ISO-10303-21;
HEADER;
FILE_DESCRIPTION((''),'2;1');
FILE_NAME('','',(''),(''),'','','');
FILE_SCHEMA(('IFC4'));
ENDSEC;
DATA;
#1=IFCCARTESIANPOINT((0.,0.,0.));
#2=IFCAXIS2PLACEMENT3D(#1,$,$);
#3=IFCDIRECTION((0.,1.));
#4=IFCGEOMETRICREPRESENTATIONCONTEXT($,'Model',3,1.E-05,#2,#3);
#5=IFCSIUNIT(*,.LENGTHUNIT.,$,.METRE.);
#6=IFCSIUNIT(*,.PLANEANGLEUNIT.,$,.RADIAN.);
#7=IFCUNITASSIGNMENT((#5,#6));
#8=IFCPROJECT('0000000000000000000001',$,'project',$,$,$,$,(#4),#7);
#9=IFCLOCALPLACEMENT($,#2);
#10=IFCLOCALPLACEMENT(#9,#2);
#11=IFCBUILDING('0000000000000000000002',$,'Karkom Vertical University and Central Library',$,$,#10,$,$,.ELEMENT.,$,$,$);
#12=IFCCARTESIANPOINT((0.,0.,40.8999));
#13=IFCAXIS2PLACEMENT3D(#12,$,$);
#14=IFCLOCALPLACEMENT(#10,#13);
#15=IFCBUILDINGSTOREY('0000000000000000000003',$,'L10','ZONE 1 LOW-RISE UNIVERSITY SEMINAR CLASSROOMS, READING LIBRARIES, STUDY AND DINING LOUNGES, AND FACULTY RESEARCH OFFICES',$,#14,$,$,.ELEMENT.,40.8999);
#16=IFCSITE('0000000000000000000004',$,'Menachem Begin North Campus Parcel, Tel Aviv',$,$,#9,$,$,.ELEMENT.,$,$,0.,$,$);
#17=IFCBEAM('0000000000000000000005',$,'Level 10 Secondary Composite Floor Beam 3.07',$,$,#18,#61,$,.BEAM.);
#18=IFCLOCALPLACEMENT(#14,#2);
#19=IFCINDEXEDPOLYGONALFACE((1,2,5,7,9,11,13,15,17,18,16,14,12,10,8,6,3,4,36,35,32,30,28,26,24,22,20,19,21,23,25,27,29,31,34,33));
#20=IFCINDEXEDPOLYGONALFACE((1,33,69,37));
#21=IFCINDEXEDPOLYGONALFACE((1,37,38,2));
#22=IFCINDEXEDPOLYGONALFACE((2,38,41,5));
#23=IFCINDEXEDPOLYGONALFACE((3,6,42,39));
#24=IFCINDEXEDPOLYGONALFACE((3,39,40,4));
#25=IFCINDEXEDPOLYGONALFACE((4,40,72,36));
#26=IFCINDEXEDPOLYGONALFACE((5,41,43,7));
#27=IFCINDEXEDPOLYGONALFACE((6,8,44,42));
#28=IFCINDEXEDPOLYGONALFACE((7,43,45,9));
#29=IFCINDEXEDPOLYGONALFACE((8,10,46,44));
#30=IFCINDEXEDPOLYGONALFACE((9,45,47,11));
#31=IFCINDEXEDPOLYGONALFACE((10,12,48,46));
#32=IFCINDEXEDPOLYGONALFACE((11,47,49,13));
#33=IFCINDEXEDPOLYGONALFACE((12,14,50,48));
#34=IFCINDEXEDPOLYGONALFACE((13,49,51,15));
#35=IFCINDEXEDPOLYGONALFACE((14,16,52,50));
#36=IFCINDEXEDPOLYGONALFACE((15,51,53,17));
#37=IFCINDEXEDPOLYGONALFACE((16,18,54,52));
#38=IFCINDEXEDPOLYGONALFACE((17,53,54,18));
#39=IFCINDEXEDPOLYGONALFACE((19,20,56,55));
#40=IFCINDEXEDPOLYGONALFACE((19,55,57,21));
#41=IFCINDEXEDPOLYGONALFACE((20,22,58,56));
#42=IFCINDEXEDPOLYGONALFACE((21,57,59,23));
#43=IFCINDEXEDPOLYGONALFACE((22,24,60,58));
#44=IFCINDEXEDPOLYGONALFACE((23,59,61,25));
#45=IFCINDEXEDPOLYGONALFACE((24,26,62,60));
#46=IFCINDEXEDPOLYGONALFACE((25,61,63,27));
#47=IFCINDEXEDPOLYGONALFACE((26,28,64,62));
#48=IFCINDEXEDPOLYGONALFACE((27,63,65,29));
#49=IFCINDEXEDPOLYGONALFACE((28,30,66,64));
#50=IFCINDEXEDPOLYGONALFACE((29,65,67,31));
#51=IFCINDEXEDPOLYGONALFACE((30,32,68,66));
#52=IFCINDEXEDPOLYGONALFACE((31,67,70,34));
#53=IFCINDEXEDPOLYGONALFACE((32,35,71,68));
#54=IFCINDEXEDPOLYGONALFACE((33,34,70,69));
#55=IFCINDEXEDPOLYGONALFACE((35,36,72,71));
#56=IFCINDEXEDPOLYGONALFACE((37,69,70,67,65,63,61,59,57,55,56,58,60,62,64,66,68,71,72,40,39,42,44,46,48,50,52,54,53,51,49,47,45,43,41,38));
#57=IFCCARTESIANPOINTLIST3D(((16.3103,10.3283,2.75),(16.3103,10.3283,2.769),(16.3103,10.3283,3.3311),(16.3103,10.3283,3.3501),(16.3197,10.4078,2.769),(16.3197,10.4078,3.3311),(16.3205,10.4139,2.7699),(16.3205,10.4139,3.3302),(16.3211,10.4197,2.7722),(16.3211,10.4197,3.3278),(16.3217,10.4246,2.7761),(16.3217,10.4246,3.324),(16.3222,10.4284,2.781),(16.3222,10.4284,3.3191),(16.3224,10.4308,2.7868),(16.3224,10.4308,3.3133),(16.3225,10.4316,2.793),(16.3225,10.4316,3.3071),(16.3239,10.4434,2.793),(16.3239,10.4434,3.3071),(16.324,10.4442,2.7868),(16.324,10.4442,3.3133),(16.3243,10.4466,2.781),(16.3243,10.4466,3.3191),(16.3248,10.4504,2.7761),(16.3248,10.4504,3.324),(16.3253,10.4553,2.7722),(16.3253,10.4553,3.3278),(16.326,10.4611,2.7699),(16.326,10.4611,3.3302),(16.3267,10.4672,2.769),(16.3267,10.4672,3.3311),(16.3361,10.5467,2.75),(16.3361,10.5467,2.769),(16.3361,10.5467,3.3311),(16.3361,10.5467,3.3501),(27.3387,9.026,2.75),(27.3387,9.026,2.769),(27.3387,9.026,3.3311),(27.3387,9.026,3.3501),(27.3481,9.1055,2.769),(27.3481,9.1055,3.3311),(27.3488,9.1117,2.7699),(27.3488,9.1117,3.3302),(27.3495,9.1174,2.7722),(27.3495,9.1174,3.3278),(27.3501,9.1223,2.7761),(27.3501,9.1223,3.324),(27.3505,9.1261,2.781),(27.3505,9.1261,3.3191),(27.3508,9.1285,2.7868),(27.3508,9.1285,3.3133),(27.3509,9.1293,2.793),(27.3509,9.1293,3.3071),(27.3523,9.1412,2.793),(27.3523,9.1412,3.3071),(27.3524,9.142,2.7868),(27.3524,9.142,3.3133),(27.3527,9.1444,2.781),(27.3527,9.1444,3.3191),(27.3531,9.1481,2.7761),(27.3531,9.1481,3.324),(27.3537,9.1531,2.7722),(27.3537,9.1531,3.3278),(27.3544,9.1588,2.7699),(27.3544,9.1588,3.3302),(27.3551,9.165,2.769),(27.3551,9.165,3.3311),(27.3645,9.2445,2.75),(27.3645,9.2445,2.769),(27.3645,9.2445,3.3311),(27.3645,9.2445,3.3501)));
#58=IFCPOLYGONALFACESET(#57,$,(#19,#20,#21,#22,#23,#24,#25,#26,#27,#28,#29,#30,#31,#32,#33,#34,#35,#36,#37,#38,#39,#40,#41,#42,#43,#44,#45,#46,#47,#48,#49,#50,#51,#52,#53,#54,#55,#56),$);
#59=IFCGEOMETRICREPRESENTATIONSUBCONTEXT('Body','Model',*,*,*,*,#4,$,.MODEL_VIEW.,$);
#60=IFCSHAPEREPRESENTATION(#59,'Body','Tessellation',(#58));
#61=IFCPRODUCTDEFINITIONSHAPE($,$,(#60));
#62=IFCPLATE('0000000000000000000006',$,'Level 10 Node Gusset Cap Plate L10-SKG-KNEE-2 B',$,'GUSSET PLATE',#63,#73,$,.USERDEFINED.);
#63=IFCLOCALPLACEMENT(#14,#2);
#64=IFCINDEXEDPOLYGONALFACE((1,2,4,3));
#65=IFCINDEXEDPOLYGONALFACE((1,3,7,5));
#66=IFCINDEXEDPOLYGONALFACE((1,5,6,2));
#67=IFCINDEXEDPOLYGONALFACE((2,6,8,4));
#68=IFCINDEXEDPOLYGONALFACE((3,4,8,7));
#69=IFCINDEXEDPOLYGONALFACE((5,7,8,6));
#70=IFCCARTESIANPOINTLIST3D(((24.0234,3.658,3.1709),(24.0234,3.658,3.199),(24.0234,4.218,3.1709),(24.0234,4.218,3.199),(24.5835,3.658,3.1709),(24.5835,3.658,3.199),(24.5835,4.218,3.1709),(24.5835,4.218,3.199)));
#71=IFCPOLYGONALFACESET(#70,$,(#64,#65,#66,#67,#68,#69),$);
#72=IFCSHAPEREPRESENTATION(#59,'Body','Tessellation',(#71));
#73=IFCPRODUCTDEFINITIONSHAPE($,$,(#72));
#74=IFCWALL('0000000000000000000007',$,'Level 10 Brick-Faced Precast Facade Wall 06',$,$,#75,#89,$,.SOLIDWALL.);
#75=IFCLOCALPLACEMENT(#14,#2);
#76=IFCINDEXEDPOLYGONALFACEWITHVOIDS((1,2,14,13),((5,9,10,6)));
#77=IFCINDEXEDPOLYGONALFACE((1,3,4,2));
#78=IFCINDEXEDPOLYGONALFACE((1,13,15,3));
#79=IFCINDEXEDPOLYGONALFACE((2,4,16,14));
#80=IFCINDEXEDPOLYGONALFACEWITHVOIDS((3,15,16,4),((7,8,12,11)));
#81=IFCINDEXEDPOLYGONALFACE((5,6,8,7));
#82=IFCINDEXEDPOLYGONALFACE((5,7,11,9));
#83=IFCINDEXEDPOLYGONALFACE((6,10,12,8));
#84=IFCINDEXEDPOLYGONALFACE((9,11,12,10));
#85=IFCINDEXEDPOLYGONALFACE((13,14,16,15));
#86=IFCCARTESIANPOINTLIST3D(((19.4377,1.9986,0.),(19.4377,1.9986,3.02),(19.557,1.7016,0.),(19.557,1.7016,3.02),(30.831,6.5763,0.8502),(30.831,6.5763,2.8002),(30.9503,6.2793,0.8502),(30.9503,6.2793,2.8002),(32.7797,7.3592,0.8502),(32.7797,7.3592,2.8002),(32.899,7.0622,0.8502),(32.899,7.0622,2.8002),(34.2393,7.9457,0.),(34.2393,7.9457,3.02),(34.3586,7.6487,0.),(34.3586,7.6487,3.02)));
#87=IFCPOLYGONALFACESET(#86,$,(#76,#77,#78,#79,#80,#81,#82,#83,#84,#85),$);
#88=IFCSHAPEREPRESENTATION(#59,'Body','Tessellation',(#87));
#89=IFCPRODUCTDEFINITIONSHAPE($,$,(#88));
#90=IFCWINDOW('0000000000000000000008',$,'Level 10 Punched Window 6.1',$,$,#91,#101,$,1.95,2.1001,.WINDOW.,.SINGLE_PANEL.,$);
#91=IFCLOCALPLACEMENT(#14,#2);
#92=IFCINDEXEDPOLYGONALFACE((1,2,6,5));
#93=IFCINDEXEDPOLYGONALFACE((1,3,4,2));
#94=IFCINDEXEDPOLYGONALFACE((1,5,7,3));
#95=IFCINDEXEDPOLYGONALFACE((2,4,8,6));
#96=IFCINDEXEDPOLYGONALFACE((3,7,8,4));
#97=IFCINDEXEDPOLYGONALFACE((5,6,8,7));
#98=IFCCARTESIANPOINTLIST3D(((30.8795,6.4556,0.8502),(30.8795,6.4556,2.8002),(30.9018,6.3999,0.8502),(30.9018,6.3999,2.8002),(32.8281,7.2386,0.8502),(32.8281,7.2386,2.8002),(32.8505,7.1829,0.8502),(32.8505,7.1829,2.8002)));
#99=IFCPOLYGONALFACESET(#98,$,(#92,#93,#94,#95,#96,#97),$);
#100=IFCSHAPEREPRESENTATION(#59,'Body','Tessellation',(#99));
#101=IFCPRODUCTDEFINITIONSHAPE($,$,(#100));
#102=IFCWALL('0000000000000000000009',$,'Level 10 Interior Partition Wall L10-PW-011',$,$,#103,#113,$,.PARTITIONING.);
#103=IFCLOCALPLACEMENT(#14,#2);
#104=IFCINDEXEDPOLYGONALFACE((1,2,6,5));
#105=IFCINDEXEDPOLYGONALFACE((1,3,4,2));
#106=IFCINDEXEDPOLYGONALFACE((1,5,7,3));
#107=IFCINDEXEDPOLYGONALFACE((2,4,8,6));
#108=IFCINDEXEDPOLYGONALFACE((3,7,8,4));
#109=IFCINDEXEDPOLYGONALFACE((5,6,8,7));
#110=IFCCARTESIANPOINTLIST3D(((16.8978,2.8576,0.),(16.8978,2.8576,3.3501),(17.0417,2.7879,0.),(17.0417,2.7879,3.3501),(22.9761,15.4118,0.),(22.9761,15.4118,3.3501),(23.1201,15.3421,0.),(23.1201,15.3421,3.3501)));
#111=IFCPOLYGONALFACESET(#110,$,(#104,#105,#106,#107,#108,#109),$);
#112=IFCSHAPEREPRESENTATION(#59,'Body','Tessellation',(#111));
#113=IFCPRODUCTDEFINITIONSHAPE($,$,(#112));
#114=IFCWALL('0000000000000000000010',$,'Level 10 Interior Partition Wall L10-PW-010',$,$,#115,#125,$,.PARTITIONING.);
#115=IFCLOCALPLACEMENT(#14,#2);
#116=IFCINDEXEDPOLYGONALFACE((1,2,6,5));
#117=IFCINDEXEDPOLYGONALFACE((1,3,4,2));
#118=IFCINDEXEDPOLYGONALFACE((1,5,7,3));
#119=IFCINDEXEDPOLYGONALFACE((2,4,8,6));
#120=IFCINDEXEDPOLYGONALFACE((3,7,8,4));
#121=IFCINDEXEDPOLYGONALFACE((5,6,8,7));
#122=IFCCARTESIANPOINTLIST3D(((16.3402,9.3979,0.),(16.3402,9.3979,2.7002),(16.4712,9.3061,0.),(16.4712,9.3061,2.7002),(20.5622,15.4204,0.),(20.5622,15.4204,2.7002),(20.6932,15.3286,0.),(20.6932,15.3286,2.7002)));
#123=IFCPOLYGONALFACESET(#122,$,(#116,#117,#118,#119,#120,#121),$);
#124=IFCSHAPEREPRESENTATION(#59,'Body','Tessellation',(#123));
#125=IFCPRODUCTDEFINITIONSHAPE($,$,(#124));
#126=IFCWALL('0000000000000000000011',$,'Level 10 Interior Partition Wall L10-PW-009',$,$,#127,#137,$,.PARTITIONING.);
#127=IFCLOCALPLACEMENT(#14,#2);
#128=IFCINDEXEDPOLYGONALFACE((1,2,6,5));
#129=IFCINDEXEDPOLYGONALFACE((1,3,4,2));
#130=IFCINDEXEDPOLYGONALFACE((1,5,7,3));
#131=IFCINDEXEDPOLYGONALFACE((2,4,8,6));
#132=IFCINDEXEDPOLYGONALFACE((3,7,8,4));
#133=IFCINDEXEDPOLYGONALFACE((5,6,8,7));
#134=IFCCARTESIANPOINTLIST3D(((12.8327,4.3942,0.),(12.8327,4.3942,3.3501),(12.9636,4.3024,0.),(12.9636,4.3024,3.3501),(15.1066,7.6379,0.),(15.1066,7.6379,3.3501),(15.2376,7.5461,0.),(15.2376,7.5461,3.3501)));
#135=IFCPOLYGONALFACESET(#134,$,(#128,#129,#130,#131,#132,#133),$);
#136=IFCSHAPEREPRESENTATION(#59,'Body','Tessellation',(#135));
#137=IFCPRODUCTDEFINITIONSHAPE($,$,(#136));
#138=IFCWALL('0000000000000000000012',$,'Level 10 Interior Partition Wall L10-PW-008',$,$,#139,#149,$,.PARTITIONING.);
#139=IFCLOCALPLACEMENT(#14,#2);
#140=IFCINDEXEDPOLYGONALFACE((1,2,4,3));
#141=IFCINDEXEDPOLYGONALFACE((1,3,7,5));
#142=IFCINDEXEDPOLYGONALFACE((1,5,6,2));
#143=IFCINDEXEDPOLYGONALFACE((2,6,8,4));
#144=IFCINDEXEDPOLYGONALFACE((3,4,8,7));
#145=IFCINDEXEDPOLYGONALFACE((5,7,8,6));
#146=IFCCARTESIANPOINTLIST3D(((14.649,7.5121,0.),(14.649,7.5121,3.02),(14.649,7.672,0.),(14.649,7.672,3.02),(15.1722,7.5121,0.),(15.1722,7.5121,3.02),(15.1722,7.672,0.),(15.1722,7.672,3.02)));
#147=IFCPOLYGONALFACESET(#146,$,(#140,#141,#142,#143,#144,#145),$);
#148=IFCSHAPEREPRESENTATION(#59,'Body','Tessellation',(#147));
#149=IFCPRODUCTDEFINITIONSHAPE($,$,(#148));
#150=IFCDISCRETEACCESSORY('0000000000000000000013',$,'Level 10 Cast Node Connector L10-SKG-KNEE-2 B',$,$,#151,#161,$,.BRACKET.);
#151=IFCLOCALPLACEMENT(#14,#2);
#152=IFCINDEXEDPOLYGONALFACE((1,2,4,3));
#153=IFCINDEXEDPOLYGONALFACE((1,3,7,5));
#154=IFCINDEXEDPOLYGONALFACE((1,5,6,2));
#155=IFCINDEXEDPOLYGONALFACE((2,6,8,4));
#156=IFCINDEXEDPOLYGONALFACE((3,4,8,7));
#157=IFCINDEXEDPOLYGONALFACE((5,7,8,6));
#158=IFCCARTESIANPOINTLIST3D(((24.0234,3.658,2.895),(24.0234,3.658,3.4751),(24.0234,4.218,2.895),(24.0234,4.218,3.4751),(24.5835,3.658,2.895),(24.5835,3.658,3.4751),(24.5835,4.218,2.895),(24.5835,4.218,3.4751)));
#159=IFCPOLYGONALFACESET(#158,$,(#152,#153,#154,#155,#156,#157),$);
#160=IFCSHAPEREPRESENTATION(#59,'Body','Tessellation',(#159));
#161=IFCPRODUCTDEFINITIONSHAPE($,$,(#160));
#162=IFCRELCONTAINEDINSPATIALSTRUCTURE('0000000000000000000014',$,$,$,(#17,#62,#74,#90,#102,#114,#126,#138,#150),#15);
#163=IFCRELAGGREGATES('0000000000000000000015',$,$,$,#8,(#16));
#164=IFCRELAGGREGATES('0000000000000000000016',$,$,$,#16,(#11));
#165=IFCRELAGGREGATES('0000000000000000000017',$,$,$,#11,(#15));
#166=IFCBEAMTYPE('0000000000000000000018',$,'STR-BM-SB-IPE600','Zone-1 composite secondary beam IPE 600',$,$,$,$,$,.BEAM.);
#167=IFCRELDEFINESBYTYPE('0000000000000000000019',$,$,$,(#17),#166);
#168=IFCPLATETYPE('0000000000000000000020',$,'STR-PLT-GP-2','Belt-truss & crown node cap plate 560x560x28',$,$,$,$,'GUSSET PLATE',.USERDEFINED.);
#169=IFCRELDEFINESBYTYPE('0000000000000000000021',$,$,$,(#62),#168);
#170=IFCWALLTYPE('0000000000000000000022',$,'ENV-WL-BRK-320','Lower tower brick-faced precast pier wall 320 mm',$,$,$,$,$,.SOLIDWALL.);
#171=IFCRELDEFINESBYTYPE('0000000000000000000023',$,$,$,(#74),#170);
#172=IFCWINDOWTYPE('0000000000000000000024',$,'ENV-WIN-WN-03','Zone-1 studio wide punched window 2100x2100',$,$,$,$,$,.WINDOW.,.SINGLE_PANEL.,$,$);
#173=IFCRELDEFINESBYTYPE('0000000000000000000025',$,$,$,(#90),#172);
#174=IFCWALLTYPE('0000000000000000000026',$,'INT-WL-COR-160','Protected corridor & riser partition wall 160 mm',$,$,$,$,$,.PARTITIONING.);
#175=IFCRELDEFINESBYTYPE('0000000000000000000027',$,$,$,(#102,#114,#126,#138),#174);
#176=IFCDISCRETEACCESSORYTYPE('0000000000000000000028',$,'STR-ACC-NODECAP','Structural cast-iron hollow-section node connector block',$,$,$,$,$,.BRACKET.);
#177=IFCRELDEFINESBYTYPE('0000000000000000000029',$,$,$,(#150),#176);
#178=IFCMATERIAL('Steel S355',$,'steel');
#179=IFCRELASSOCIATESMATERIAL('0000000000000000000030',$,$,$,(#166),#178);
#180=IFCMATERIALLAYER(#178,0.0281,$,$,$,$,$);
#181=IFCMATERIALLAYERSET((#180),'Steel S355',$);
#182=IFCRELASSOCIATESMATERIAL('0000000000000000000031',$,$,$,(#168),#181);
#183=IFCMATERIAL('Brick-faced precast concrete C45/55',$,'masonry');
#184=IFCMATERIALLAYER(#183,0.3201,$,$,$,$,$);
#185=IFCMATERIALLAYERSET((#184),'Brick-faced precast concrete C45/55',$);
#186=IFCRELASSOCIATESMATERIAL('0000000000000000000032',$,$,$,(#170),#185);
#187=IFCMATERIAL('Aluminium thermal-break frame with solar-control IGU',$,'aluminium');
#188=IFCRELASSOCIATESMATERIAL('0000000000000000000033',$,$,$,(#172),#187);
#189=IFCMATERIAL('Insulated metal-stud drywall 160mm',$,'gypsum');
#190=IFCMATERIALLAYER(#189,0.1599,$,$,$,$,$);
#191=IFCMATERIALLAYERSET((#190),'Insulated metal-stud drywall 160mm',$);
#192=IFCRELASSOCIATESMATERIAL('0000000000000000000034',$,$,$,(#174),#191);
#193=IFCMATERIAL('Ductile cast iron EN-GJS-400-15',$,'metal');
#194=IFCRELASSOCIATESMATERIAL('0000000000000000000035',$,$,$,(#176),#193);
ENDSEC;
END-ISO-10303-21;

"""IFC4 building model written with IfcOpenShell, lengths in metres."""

from ifc_helpers import new_model, si_unit, direction, frame, frame_2d, origin, origin_with_axes, origin_2d, place, context, subcontext, project, spatial, rectangle, i_section, extrude, source, transform, mapped, material, layer, layer_set, material_profile, profile_set, type_object, element, fill, save


model = new_model("IFC4")

# Units and contexts
model_context = context("Model", 3, precision=1e-05, world=origin(), true_north=direction((0.0, 1.0)))
body_context = subcontext(model_context, "Body", "Model", "MODEL_VIEW")
ifc_project = project(units=[si_unit("LENGTHUNIT", "METRE"), si_unit("PLANEANGLEUNIT", "RADIAN")], contexts=[model_context])

# Site, building, storey
site_placement = place(None, origin())
site = spatial("IfcSite", under=ifc_project, at=site_placement, Name="Menachem Begin North Campus Parcel, Tel Aviv", CompositionType="ELEMENT", RefElevation=0.0)
building_placement = place(site_placement, origin())
building = spatial("IfcBuilding", under=site, at=building_placement, Name="Karkom Vertical University and Central Library", CompositionType="ELEMENT")
storey_placement = place(building_placement, frame((0.0, 0.0, 40.8999)))
storey = spatial("IfcBuildingStorey", under=building, at=storey_placement, Name="L10", Description="ZONE 1 LOW-RISE UNIVERSITY SEMINAR CLASSROOMS, READING LIBRARIES, STUDY AND DINING LOUNGES, AND FACULTY RESEARCH OFFICES", CompositionType="ELEMENT", Elevation=40.8999)

# Beam
ifc_material_1 = material(Name="Steel S355", Category="steel")
ifc_material_profile_1 = material_profile(ifc_material_1, i_section(OverallWidth=0.22, OverallDepth=0.6001, WebThickness=0.012, FlangeThickness=0.019, FilletRadius=0.0239, at=origin_2d()), Name="IPE 600")
ifc_profile_set_1 = profile_set([ifc_material_profile_1], Name="Steel S355")
beam_type_1 = type_object("IfcBeamType", Name="STR-BM-SB-IPE600", Description="Zone-1 composite secondary beam IPE 600", PredefinedType="BEAM", material=ifc_profile_set_1)
shared_shape_1 = source(origin_with_axes(), body_context, "Body", "SweptSolid", [
    extrude(i_section(OverallWidth=0.22, OverallDepth=0.6001, WebThickness=0.012, FlangeThickness=0.019, FilletRadius=0.0239, at=origin_2d()), origin(), (0.0, 0.0, 1.0), 11.105),
])
beam_1_placement = place(storey_placement, frame((16.3232, 10.4375, 3.05), z_axis=(0.9931, -0.117267, 0.0), x_axis=(0.117267, 0.9931, 0.0)))
element("IfcBeam", 1, at=beam_1_placement, inside=storey, type_object=beam_type_1, Name="Level 10 Secondary Composite Floor Beam 3.07", PredefinedType="BEAM", context=body_context, shape_type="MappedRepresentation", body=[
    mapped(shared_shape_1, transform((0.0, 0.0, 0.0), scale=1.0)),
])

# Plate
ifc_layer_1 = layer(ifc_material_1, 0.0281)
ifc_layer_set_1 = layer_set([ifc_layer_1], Name="Steel S355")
plate_type = type_object("IfcPlateType", Name="STR-PLT-GP-2", Description="Belt-truss & crown node cap plate 560x560x28", ElementType="GUSSET PLATE", PredefinedType="USERDEFINED", material=ifc_layer_set_1)
shared_shape_2 = source(origin_with_axes(), body_context, "Body", "SweptSolid", [
    extrude(rectangle(XDim=0.5601, YDim=0.5601, at=origin_2d()), origin(), (0.0, 0.0, 1.0), 0.0281),
])
plate_placement = place(storey_placement, frame((24.3035, 3.938, 3.1709), z_axis=(0.0, 0.0, 1.0), x_axis=(1.0, 0.0, 0.0)))
element("IfcPlate", 2, at=plate_placement, inside=storey, type_object=plate_type, Name="Level 10 Node Gusset Cap Plate L10-SKG-KNEE-2 B", ObjectType="GUSSET PLATE", PredefinedType="USERDEFINED", context=body_context, shape_type="MappedRepresentation", body=[
    mapped(shared_shape_2, transform((0.0, 0.0, 0.0), scale=1.0)),
])

# Wall, opening, window
ifc_material_2 = material(Name="Brick-faced precast concrete C45/55", Category="masonry")
ifc_layer_2 = layer(ifc_material_2, 0.3201)
ifc_layer_set_2 = layer_set([ifc_layer_2], Name="Brick-faced precast concrete C45/55")
wall_type_1 = type_object("IfcWallType", Name="ENV-WL-BRK-320", Description="Lower tower brick-faced precast pier wall 320 mm", PredefinedType="SOLIDWALL", material=ifc_layer_set_2)
wall_1_placement = place(storey_placement, frame((19.4973, 1.8501, 0.0), z_axis=(0.0, 0.0, 1.0), x_axis=(0.927905, 0.372818, 0.0)))
wall_1 = element("IfcWall", 3, at=wall_1_placement, inside=storey, type_object=wall_type_1, Name="Level 10 Brick-Faced Precast Facade Wall 06", PredefinedType="SOLIDWALL", context=body_context, shape_type="SweptSolid", body=[
    extrude(rectangle(XDim=15.9517, YDim=0.3201, at=frame_2d((7.9758, 0.0))), origin(), (0.0, 0.0, 1.0), 3.02),
])
opening_placement = place(wall_1_placement, frame((12.2786, 0.0, 0.8501)))
opening = element("IfcOpeningElement", 4, at=opening_placement, cuts=wall_1, PredefinedType="OPENING", context=body_context, shape_type="SweptSolid", body=[
    extrude(rectangle(XDim=2.1001, YDim=1.95, at=frame_2d((1.05, 0.9751))), frame((0.0, 0.1699, 0.0), z_axis=(0.0, -1.0, 0.0), x_axis=(1.0, 0.0, 0.0)), (0.0, 0.0, 1.0), 0.3401),
])
ifc_material_3 = material(Name="Aluminium thermal-break frame with solar-control IGU", Category="aluminium")
window_type = type_object("IfcWindowType", Name="ENV-WIN-WN-03", Description="Zone-1 studio wide punched window 2100x2100", PartitioningType="SINGLE_PANEL", PredefinedType="WINDOW", material=ifc_material_3)
shared_shape_3 = source(origin_with_axes(), body_context, "Body", "SweptSolid", [
    extrude(rectangle(XDim=2.1001, YDim=1.95, at=frame_2d((1.05, 0.9751))), frame((0.0, 0.03, 0.0), z_axis=(0.0, -1.0, 0.0), x_axis=(1.0, 0.0, 0.0)), (0.0, 0.0, 1.0), 0.0601),
])
window_placement = place(opening_placement, origin())
window = element("IfcWindow", 5, at=window_placement, inside=storey, type_object=window_type, Name="Level 10 Punched Window 6.1", OverallHeight=1.95, OverallWidth=2.1001, PartitioningType="SINGLE_PANEL", PredefinedType="WINDOW", context=body_context, shape_type="MappedRepresentation", body=[
    mapped(shared_shape_3, transform((0.0, 0.0, 0.0), scale=1.0)),
])
fill(opening, window)

# Walls
ifc_material_4 = material(Name="Insulated metal-stud drywall 160mm", Category="gypsum")
ifc_layer_3 = layer(ifc_material_4, 0.1599)
ifc_layer_set_3 = layer_set([ifc_layer_3], Name="Insulated metal-stud drywall 160mm")
wall_type_2 = type_object("IfcWallType", Name="INT-WL-COR-160", Description="Protected corridor & riser partition wall 160 mm", PredefinedType="PARTITIONING", material=ifc_layer_set_3)
wall_2_placement = place(storey_placement, frame((23.0481, 15.377, 0.0), z_axis=(0.0, 0.0, 1.0), x_axis=(-0.435779, -0.900054, 0.0)))
element("IfcWall", 6, at=wall_2_placement, inside=storey, type_object=wall_type_2, Name="Level 10 Interior Partition Wall L10-PW-011", PredefinedType="PARTITIONING", context=body_context, shape_type="SweptSolid", body=[
    extrude(rectangle(XDim=13.9482, YDim=0.1599, at=frame_2d((6.9741, 0.0))), origin(), (0.0, 0.0, 1.0), 3.3501),
])
wall_3_placement = place(storey_placement, frame((20.6277, 15.3745, 0.0), z_axis=(0.0, 0.0, 1.0), x_axis=(-0.574028, -0.818836, 0.0)))
element("IfcWall", 7, at=wall_3_placement, inside=storey, type_object=wall_type_2, Name="Level 10 Interior Partition Wall L10-PW-010", PredefinedType="PARTITIONING", context=body_context, shape_type="SweptSolid", body=[
    extrude(rectangle(XDim=7.355, YDim=0.1599, at=frame_2d((3.6775, 0.0))), origin(), (0.0, 0.0, 1.0), 2.7002),
])
wall_4_placement = place(storey_placement, frame((15.1721, 7.592, 0.0), z_axis=(0.0, 0.0, 1.0), x_axis=(-0.574033, -0.818832, 0.0)))
element("IfcWall", 8, at=wall_4_placement, inside=storey, type_object=wall_type_2, Name="Level 10 Interior Partition Wall L10-PW-009", PredefinedType="PARTITIONING", context=body_context, shape_type="SweptSolid", body=[
    extrude(rectangle(XDim=3.9614, YDim=0.1599, at=frame_2d((1.9807, 0.0))), origin(), (0.0, 0.0, 1.0), 3.3501),
])
wall_5_placement = place(storey_placement, frame((14.6489, 7.592, 0.0), z_axis=(0.0, 0.0, 1.0), x_axis=(1.0, 0.0, 0.0)))
element("IfcWall", 9, at=wall_5_placement, inside=storey, type_object=wall_type_2, Name="Level 10 Interior Partition Wall L10-PW-008", PredefinedType="PARTITIONING", context=body_context, shape_type="SweptSolid", body=[
    extrude(rectangle(XDim=0.5232, YDim=0.1599, at=frame_2d((0.2617, 0.0))), origin(), (0.0, 0.0, 1.0), 3.02),
])

# Discrete accessory
ifc_material_5 = material(Name="Ductile cast iron EN-GJS-400-15", Category="metal")
discrete_accessory_type = type_object("IfcDiscreteAccessoryType", Name="STR-ACC-NODECAP", Description="Structural cast-iron hollow-section node connector block", PredefinedType="BRACKET", material=ifc_material_5)
shared_shape_4 = source(origin_with_axes(), body_context, "Body", "SweptSolid", [
    extrude(rectangle(XDim=0.5601, YDim=0.5601, at=origin_2d()), origin(), (0.0, 0.0, 1.0), 0.5801),
])
discrete_accessory_placement = place(storey_placement, frame((24.3035, 3.938, 2.895), z_axis=(0.0, 0.0, 1.0), x_axis=(1.0, 0.0, 0.0)))
element("IfcDiscreteAccessory", 10, at=discrete_accessory_placement, inside=storey, type_object=discrete_accessory_type, Name="Level 10 Cast Node Connector L10-SKG-KNEE-2 B", PredefinedType="BRACKET", context=body_context, shape_type="MappedRepresentation", body=[
    mapped(shared_shape_4, transform((0.0, 0.0, 0.0), scale=1.0)),
])

save(model, "model.ifc")
